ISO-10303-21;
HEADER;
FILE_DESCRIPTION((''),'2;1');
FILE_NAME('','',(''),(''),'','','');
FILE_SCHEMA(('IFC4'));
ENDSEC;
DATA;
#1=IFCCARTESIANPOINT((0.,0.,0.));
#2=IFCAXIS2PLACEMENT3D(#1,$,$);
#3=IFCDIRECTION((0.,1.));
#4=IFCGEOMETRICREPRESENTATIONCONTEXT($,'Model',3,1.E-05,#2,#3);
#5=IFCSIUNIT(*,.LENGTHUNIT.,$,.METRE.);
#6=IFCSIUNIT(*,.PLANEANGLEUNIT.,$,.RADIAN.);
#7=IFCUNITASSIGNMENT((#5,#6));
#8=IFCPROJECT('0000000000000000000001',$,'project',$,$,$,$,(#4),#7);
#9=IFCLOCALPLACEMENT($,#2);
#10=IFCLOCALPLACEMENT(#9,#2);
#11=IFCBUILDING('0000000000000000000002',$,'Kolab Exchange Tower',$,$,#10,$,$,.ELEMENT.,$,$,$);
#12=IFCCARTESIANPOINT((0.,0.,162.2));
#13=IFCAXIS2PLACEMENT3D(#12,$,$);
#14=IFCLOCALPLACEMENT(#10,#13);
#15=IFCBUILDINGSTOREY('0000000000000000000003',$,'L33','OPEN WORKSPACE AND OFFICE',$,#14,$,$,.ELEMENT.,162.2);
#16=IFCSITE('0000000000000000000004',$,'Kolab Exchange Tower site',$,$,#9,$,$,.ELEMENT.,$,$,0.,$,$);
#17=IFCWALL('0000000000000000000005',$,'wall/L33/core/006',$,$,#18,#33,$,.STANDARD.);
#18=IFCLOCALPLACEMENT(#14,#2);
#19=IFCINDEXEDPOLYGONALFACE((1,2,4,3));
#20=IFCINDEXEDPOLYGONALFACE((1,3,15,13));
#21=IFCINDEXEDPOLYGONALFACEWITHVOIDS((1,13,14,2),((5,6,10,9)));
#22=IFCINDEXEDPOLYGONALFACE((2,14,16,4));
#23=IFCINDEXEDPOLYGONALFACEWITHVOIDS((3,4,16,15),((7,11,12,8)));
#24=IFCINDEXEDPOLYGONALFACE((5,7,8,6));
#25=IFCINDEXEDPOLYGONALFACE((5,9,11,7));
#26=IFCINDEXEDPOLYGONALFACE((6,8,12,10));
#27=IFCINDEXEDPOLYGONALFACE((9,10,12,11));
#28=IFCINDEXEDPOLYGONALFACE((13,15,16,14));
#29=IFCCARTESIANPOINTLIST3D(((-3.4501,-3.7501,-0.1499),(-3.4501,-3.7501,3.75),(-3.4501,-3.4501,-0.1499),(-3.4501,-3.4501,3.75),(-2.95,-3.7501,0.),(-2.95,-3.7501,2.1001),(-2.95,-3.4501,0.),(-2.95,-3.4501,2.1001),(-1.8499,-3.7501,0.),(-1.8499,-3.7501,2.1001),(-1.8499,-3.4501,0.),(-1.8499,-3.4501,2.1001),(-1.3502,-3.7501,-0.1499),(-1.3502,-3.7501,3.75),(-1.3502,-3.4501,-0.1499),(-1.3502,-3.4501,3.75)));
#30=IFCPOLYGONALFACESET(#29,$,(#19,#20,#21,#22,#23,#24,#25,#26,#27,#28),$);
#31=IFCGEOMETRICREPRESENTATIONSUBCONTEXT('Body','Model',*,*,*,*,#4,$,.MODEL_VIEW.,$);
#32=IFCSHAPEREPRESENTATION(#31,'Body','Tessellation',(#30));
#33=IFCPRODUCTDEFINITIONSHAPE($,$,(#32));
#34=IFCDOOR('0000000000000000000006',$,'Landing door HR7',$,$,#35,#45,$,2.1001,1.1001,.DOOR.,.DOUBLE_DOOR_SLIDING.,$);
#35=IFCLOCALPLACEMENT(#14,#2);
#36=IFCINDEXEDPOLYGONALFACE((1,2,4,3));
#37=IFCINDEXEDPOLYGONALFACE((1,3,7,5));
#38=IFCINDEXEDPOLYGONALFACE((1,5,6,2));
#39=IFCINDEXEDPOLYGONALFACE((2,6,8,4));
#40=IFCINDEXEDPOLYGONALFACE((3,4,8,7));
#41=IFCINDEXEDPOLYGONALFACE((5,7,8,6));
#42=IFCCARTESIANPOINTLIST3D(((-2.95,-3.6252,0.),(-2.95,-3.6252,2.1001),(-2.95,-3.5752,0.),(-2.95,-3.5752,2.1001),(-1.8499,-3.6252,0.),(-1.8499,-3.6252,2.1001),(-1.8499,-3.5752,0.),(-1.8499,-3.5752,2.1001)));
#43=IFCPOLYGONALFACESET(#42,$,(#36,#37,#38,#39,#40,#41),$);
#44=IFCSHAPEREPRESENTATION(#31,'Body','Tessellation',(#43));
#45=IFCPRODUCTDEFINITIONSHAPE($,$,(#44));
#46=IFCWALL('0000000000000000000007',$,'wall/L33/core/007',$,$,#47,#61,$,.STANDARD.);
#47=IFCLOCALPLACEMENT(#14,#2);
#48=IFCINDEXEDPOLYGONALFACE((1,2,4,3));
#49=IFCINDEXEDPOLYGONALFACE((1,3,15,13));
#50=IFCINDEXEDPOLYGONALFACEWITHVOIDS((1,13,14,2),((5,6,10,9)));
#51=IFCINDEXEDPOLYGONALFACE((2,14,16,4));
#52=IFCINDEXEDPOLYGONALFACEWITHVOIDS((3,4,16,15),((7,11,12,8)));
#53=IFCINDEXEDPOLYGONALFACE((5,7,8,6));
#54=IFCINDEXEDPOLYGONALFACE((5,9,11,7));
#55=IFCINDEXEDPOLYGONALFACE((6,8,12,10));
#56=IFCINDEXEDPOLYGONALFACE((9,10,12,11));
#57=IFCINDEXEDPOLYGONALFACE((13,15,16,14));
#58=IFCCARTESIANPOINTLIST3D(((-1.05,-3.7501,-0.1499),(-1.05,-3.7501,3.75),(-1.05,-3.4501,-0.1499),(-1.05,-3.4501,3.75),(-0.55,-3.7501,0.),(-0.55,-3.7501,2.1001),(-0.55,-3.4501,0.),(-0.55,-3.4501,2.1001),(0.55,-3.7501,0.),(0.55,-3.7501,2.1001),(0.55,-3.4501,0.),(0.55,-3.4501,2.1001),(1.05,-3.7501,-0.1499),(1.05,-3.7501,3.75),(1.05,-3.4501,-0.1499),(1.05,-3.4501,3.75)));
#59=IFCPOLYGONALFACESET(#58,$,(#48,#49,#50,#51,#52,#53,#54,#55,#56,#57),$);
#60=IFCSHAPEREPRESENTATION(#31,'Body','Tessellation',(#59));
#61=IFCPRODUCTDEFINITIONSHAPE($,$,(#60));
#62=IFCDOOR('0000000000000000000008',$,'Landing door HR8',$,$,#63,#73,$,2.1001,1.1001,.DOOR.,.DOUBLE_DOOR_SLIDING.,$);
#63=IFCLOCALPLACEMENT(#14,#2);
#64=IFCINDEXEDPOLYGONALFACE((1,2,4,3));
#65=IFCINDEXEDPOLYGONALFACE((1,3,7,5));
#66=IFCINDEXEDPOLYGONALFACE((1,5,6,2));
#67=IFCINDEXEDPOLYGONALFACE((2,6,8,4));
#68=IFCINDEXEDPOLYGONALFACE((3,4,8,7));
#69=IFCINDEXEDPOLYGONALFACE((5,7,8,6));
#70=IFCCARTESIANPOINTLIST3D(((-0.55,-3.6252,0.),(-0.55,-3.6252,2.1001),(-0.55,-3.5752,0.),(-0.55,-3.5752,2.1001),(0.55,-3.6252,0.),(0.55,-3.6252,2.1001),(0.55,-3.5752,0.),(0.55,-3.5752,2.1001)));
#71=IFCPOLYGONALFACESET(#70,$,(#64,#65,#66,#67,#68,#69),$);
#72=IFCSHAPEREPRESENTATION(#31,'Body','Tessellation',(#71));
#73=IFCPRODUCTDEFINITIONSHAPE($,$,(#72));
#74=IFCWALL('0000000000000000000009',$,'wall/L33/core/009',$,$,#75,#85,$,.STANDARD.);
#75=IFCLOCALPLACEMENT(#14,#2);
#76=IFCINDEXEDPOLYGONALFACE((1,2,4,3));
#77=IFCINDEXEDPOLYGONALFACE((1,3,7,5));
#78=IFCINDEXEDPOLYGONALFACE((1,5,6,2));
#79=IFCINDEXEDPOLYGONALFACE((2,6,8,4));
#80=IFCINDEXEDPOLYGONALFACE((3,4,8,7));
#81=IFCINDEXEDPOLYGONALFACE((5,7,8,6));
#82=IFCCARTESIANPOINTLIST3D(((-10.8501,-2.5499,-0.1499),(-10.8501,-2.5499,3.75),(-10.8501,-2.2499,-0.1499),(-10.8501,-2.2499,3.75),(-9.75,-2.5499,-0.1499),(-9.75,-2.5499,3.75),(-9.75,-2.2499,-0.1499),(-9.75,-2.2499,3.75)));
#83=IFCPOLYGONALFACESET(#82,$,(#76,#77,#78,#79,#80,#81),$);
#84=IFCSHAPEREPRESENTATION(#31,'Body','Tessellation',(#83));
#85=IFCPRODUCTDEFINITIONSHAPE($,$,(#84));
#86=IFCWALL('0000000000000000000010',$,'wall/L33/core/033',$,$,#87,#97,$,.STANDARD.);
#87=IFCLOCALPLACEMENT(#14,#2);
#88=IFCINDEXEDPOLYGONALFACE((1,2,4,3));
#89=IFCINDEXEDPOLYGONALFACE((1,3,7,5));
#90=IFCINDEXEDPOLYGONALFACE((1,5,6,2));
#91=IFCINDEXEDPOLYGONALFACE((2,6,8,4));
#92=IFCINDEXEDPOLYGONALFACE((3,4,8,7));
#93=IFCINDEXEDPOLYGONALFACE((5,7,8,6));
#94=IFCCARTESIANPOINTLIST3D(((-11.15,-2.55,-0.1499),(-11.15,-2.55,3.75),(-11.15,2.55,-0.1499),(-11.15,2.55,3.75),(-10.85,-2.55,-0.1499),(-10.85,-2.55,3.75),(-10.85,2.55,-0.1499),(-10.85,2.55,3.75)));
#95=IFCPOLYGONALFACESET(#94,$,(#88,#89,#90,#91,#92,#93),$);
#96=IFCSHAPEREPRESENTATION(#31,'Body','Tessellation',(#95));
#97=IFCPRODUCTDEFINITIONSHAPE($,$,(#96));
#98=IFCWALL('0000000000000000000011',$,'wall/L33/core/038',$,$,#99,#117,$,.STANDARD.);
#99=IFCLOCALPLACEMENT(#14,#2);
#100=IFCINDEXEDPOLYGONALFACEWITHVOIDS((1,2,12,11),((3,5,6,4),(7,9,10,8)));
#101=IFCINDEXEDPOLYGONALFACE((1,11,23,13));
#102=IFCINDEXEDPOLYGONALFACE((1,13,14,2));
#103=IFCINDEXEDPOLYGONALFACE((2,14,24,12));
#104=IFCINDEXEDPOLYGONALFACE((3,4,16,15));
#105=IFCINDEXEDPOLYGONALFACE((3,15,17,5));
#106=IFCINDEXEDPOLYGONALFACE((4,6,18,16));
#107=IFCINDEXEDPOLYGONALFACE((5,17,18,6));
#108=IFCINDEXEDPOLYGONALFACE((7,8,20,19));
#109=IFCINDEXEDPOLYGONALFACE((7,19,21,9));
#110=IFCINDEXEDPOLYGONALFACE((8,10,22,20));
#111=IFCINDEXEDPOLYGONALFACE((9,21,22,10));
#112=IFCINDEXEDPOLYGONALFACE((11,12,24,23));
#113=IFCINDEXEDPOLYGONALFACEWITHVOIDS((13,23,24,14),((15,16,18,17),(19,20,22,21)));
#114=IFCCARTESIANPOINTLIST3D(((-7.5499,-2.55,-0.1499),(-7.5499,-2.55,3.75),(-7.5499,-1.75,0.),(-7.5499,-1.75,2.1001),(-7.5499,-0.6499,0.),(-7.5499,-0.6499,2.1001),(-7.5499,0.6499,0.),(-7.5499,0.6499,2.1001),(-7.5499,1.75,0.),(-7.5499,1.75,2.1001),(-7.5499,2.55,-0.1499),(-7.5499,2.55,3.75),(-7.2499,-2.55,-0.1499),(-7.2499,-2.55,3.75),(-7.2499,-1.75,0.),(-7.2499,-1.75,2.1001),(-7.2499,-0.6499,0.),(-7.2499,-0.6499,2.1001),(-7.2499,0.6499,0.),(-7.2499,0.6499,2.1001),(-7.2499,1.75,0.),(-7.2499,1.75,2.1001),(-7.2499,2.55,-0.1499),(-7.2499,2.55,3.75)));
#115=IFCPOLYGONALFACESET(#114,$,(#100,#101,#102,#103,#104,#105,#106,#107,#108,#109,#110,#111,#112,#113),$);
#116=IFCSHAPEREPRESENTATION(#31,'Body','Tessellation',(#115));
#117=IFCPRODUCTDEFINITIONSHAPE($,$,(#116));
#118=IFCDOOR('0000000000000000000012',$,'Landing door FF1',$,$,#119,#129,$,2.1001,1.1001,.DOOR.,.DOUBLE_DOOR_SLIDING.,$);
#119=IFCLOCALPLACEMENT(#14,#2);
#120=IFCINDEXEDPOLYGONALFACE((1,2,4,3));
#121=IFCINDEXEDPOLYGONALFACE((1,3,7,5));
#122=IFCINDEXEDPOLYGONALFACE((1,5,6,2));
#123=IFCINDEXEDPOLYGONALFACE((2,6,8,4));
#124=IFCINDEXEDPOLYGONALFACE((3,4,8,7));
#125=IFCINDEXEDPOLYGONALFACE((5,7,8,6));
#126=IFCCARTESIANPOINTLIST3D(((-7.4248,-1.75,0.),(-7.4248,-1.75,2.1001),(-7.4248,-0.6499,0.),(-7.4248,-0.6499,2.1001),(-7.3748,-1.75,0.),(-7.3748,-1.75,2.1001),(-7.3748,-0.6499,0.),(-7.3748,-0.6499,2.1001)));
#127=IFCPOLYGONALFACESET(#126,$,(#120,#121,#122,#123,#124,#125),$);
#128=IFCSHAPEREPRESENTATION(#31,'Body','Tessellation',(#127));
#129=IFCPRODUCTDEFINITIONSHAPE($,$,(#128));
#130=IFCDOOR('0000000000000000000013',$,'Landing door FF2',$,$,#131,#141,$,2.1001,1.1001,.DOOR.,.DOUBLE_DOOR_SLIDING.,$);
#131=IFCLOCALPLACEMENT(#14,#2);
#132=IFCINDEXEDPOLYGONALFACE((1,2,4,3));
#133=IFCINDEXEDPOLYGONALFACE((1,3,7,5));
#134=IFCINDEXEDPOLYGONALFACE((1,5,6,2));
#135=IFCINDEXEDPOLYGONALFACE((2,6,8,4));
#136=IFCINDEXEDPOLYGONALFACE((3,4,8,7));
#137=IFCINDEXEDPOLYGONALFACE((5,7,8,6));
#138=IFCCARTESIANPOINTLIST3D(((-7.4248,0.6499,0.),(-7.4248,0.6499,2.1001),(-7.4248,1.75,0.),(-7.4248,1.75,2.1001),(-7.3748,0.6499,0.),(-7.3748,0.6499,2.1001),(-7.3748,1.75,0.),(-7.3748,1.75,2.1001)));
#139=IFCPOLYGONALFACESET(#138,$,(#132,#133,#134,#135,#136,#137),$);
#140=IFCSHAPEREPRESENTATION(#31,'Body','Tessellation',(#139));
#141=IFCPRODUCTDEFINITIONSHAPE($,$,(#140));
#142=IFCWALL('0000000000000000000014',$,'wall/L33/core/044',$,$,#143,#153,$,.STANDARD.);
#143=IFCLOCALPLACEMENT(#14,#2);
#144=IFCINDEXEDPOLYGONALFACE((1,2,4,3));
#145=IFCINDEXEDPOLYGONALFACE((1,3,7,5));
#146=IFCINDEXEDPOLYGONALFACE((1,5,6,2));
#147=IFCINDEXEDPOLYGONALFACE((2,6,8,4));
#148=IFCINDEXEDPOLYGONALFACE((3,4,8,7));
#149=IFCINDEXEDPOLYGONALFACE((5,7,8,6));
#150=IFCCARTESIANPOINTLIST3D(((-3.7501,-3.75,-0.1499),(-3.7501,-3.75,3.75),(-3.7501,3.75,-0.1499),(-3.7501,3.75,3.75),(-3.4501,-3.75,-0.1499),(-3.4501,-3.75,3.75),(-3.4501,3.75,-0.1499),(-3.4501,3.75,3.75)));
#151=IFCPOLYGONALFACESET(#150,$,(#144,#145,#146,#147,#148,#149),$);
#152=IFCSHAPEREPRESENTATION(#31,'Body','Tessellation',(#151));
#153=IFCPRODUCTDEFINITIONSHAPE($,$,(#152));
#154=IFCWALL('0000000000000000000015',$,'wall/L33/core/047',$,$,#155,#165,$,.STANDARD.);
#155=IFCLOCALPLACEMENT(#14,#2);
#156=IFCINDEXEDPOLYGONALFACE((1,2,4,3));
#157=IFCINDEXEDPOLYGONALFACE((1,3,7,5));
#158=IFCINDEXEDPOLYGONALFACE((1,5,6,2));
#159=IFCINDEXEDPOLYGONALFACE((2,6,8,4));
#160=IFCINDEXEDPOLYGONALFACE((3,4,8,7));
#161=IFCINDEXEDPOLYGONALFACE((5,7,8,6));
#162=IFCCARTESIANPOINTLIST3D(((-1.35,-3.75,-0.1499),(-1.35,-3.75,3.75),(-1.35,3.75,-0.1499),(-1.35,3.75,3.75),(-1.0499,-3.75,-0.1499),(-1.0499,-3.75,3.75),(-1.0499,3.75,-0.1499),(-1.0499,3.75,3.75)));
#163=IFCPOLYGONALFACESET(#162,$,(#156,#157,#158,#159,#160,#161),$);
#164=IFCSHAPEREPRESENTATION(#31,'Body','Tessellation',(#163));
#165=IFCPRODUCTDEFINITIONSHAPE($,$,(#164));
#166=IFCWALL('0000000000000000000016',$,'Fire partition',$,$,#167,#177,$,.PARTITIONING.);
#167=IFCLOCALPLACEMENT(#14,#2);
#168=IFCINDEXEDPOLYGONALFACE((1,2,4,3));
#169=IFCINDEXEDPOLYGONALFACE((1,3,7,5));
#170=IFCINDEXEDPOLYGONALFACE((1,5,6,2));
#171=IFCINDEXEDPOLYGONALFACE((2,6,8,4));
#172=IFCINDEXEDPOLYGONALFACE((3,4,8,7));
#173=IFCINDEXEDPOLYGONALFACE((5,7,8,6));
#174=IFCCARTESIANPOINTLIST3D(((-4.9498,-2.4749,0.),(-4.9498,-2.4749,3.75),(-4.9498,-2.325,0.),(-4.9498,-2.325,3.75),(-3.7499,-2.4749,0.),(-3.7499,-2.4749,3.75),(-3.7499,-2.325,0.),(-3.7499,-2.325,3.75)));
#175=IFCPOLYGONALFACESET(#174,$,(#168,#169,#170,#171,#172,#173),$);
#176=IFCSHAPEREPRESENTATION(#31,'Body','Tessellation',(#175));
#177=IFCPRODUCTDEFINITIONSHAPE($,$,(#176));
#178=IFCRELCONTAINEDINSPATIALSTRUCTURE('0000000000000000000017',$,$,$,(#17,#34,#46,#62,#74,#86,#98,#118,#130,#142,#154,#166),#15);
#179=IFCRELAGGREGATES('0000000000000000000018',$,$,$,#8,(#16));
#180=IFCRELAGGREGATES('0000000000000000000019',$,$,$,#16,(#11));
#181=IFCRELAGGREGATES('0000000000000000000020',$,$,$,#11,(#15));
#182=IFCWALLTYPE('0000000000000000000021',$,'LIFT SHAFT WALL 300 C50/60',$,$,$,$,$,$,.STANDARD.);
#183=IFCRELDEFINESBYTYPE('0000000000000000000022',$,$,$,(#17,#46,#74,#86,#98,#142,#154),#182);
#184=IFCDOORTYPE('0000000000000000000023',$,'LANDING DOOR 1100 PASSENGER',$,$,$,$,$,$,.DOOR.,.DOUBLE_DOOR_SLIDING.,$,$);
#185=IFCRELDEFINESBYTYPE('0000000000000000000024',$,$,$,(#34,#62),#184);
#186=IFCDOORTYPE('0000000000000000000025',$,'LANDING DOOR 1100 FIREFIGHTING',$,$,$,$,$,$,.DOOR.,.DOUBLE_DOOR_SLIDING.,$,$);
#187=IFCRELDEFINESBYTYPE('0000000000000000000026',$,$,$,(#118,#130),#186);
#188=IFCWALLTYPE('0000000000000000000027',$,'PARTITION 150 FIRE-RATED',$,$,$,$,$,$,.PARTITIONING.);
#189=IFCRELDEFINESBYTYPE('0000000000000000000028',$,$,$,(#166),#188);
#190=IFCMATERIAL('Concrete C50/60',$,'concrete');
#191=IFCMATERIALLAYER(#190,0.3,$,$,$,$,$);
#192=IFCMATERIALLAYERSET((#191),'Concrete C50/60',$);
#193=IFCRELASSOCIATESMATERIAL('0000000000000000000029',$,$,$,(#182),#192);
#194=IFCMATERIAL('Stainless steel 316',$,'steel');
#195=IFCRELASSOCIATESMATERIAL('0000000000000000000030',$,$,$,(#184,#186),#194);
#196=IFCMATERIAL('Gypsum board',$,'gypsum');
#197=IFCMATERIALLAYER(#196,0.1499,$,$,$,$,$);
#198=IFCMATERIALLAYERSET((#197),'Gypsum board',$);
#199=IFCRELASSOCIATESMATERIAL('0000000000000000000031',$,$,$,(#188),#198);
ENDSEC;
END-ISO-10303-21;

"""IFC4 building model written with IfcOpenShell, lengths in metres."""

from ifc_helpers import new_model, si_unit, direction, frame, frame_2d, origin, place, context, subcontext, project, spatial, rectangle, extrude, material, layer, layer_set, type_object, element, fill, save


model = new_model("IFC4")

# Units and contexts
model_context = context("Model", 3, precision=1e-05, world=origin(), true_north=direction((0.0, 1.0)))
body_context = subcontext(model_context, "Body", "Model", "MODEL_VIEW")
ifc_project = project(units=[si_unit("LENGTHUNIT", "METRE"), si_unit("PLANEANGLEUNIT", "RADIAN")], contexts=[model_context])

# Site, building, storey
site_placement = place(None, origin())
site = spatial("IfcSite", under=ifc_project, at=site_placement, Name="Kolab Exchange Tower site", CompositionType="ELEMENT", RefElevation=0.0)
building_placement = place(site_placement, origin())
building = spatial("IfcBuilding", under=site, at=building_placement, Name="Kolab Exchange Tower", CompositionType="ELEMENT")
storey_placement = place(building_placement, frame((0.0, 0.0, 162.2)))
storey = spatial("IfcBuildingStorey", under=building, at=storey_placement, Name="L33", Description="OPEN WORKSPACE AND OFFICE", CompositionType="ELEMENT", Elevation=162.2)

# Walls, openings, doors
ifc_material_1 = material(Name="Concrete C50/60", Category="concrete")
ifc_layer_1 = layer(ifc_material_1, 0.3)
ifc_layer_set_1 = layer_set([ifc_layer_1], Name="Concrete C50/60")
wall_type_1 = type_object("IfcWallType", Name="LIFT SHAFT WALL 300 C50/60", PredefinedType="STANDARD", material=ifc_layer_set_1)
wall_1_placement = place(storey_placement, frame((-3.45, -3.6001, -0.1499), z_axis=(0.0, 0.0, 1.0), x_axis=(1.0, 0.0, 0.0)))
wall_1 = element("IfcWall", 1, at=wall_1_placement, inside=storey, type_object=wall_type_1, Name="wall/L33/core/006", PredefinedType="STANDARD", context=body_context, shape_type="SweptSolid", body=[
    extrude(rectangle(XDim=2.0999, YDim=0.3, at=frame_2d((1.0498, 0.0))), origin(), (0.0, 0.0, 1.0), 3.8999),
])
opening_1_placement = place(wall_1_placement, frame((0.5, 0.0, 0.1499)))
opening_1 = element("IfcOpeningElement", 2, at=opening_1_placement, cuts=wall_1, PredefinedType="OPENING", context=body_context, shape_type="SweptSolid", body=[
    extrude(rectangle(XDim=1.1001, YDim=2.1001, at=frame_2d((0.55, 1.05))), frame((0.0, 0.1602, 0.0), z_axis=(0.0, -1.0, 0.0), x_axis=(1.0, 0.0, 0.0)), (0.0, 0.0, 1.0), 0.3201),
])
ifc_material_2 = material(Name="Stainless steel 316", Category="steel")
door_type_1 = type_object("IfcDoorType", Name="LANDING DOOR 1100 PASSENGER", OperationType="DOUBLE_DOOR_SLIDING", PredefinedType="DOOR", material=ifc_material_2)
door_1_placement = place(opening_1_placement, origin())
door_1 = element("IfcDoor", 3, at=door_1_placement, inside=storey, type_object=door_type_1, Name="Landing door HR7", OperationType="DOUBLE_DOOR_SLIDING", OverallHeight=2.1001, OverallWidth=1.1001, PredefinedType="DOOR", context=body_context, shape_type="SweptSolid", body=[
    extrude(rectangle(XDim=1.1001, YDim=2.1001, at=frame_2d((0.55, 1.05))), frame((0.0, 0.0249, 0.0), z_axis=(0.0, -1.0, 0.0), x_axis=(1.0, 0.0, 0.0)), (0.0, 0.0, 1.0), 0.05),
])
fill(opening_1, door_1)
wall_2_placement = place(storey_placement, frame((-1.05, -3.6001, -0.1499), z_axis=(0.0, 0.0, 1.0), x_axis=(1.0, 0.0, 0.0)))
wall_2 = element("IfcWall", 4, at=wall_2_placement, inside=storey, type_object=wall_type_1, Name="wall/L33/core/007", PredefinedType="STANDARD", context=body_context, shape_type="SweptSolid", body=[
    extrude(rectangle(XDim=2.1001, YDim=0.3, at=frame_2d((1.05, 0.0))), origin(), (0.0, 0.0, 1.0), 3.8999),
])
opening_2_placement = place(wall_2_placement, frame((0.5, 0.0, 0.1499)))
opening_2 = element("IfcOpeningElement", 5, at=opening_2_placement, cuts=wall_2, PredefinedType="OPENING", context=body_context, shape_type="SweptSolid", body=[
    extrude(rectangle(XDim=1.1001, YDim=2.1001, at=frame_2d((0.55, 1.05))), frame((0.0, 0.1602, 0.0), z_axis=(0.0, -1.0, 0.0), x_axis=(1.0, 0.0, 0.0)), (0.0, 0.0, 1.0), 0.3201),
])
door_2_placement = place(opening_2_placement, origin())
door_2 = element("IfcDoor", 6, at=door_2_placement, inside=storey, type_object=door_type_1, Name="Landing door HR8", OperationType="DOUBLE_DOOR_SLIDING", OverallHeight=2.1001, OverallWidth=1.1001, PredefinedType="DOOR", context=body_context, shape_type="SweptSolid", body=[
    extrude(rectangle(XDim=1.1001, YDim=2.1001, at=frame_2d((0.55, 1.05))), frame((0.0, 0.0249, 0.0), z_axis=(0.0, -1.0, 0.0), x_axis=(1.0, 0.0, 0.0)), (0.0, 0.0, 1.0), 0.05),
])
fill(opening_2, door_2)

# Walls
wall_3_placement = place(storey_placement, frame((-10.8501, -2.3999, -0.1499), z_axis=(0.0, 0.0, 1.0), x_axis=(1.0, 0.0, 0.0)))
element("IfcWall", 7, at=wall_3_placement, inside=storey, type_object=wall_type_1, Name="wall/L33/core/009", PredefinedType="STANDARD", context=body_context, shape_type="SweptSolid", body=[
    extrude(rectangle(XDim=1.1001, YDim=0.3, at=frame_2d((0.55, 0.0))), origin(), (0.0, 0.0, 1.0), 3.8999),
])
wall_4_placement = place(storey_placement, frame((-11.0, -2.55, -0.1499), z_axis=(0.0, 0.0, 1.0), x_axis=(0.0, 1.0, 0.0)))
element("IfcWall", 8, at=wall_4_placement, inside=storey, type_object=wall_type_1, Name="wall/L33/core/033", PredefinedType="STANDARD", context=body_context, shape_type="SweptSolid", body=[
    extrude(rectangle(XDim=5.1001, YDim=0.3, at=frame_2d((2.55, 0.0))), origin(), (0.0, 0.0, 1.0), 3.8999),
])

# Wall, openings, doors
wall_5_placement = place(storey_placement, frame((-7.3999, -2.55, -0.1499), z_axis=(0.0, 0.0, 1.0), x_axis=(0.0, 1.0, 0.0)))
wall_5 = element("IfcWall", 9, at=wall_5_placement, inside=storey, type_object=wall_type_1, Name="wall/L33/core/038", PredefinedType="STANDARD", context=body_context, shape_type="SweptSolid", body=[
    extrude(rectangle(XDim=5.1001, YDim=0.3, at=frame_2d((2.55, 0.0))), origin(), (0.0, 0.0, 1.0), 3.8999),
])
opening_3_placement = place(wall_5_placement, frame((0.8, 0.0, 0.1499)))
opening_3 = element("IfcOpeningElement", 10, at=opening_3_placement, cuts=wall_5, PredefinedType="OPENING", context=body_context, shape_type="SweptSolid", body=[
    extrude(rectangle(XDim=1.1001, YDim=2.1001, at=frame_2d((0.55, 1.05))), frame((0.0, 0.1602, 0.0), z_axis=(0.0, -1.0, 0.0), x_axis=(1.0, 0.0, 0.0)), (0.0, 0.0, 1.0), 0.3201),
])
opening_4_placement = place(wall_5_placement, frame((3.2, 0.0, 0.1499)))
opening_4 = element("IfcOpeningElement", 11, at=opening_4_placement, cuts=wall_5, PredefinedType="OPENING", context=body_context, shape_type="SweptSolid", body=[
    extrude(rectangle(XDim=1.1001, YDim=2.1001, at=frame_2d((0.55, 1.05))), frame((0.0, 0.1602, 0.0), z_axis=(0.0, -1.0, 0.0), x_axis=(1.0, 0.0, 0.0)), (0.0, 0.0, 1.0), 0.3201),
])
door_type_2 = type_object("IfcDoorType", Name="LANDING DOOR 1100 FIREFIGHTING", OperationType="DOUBLE_DOOR_SLIDING", PredefinedType="DOOR", material=ifc_material_2)
door_3_placement = place(opening_3_placement, origin())
door_3 = element("IfcDoor", 12, at=door_3_placement, inside=storey, type_object=door_type_2, Name="Landing door FF1", OperationType="DOUBLE_DOOR_SLIDING", OverallHeight=2.1001, OverallWidth=1.1001, PredefinedType="DOOR", context=body_context, shape_type="SweptSolid", body=[
    extrude(rectangle(XDim=1.1001, YDim=2.1001, at=frame_2d((0.55, 1.05))), frame((0.0, 0.0249, 0.0), z_axis=(0.0, -1.0, 0.0), x_axis=(1.0, 0.0, 0.0)), (0.0, 0.0, 1.0), 0.05),
])
fill(opening_3, door_3)
door_4_placement = place(opening_4_placement, origin())
door_4 = element("IfcDoor", 13, at=door_4_placement, inside=storey, type_object=door_type_2, Name="Landing door FF2", OperationType="DOUBLE_DOOR_SLIDING", OverallHeight=2.1001, OverallWidth=1.1001, PredefinedType="DOOR", context=body_context, shape_type="SweptSolid", body=[
    extrude(rectangle(XDim=1.1001, YDim=2.1001, at=frame_2d((0.55, 1.05))), frame((0.0, 0.0249, 0.0), z_axis=(0.0, -1.0, 0.0), x_axis=(1.0, 0.0, 0.0)), (0.0, 0.0, 1.0), 0.05),
])
fill(opening_4, door_4)

# Walls
for number, where, z_axis, x_axis, name in (
    (14, (-3.6001, -3.75, -0.1499), (0.0, 0.0, 1.0), (0.0, 1.0, 0.0), "wall/L33/core/044"),
    (15, (-1.2, -3.75, -0.1499), (0.0, 0.0, 1.0), (0.0, 1.0, 0.0), "wall/L33/core/047"),
):
    element("IfcWall", number, at=place(storey_placement, frame(where, z_axis=z_axis, x_axis=x_axis)), inside=storey, type_object=wall_type_1, Name=name, PredefinedType="STANDARD", context=body_context, shape_type="SweptSolid", body=[
        extrude(rectangle(XDim=7.5, YDim=0.3, at=frame_2d((3.75, 0.0))), origin(), (0.0, 0.0, 1.0), 3.8999),
    ])
ifc_material_3 = material(Name="Gypsum board", Category="gypsum")
ifc_layer_2 = layer(ifc_material_3, 0.1499)
ifc_layer_set_2 = layer_set([ifc_layer_2], Name="Gypsum board")
wall_type_2 = type_object("IfcWallType", Name="PARTITION 150 FIRE-RATED", PredefinedType="PARTITIONING", material=ifc_layer_set_2)
wall_6_placement = place(storey_placement, frame((-4.95, -2.3999, 0.0), z_axis=(0.0, 0.0, 1.0), x_axis=(1.0, 0.0, 0.0)))
element("IfcWall", 16, at=wall_6_placement, inside=storey, type_object=wall_type_2, Name="Fire partition", PredefinedType="PARTITIONING", context=body_context, shape_type="SweptSolid", body=[
    extrude(rectangle(XDim=1.2, YDim=0.1499, at=frame_2d((0.6001, 0.0))), origin(), (0.0, 0.0, 1.0), 3.75),
])

save(model, "model.ifc")
